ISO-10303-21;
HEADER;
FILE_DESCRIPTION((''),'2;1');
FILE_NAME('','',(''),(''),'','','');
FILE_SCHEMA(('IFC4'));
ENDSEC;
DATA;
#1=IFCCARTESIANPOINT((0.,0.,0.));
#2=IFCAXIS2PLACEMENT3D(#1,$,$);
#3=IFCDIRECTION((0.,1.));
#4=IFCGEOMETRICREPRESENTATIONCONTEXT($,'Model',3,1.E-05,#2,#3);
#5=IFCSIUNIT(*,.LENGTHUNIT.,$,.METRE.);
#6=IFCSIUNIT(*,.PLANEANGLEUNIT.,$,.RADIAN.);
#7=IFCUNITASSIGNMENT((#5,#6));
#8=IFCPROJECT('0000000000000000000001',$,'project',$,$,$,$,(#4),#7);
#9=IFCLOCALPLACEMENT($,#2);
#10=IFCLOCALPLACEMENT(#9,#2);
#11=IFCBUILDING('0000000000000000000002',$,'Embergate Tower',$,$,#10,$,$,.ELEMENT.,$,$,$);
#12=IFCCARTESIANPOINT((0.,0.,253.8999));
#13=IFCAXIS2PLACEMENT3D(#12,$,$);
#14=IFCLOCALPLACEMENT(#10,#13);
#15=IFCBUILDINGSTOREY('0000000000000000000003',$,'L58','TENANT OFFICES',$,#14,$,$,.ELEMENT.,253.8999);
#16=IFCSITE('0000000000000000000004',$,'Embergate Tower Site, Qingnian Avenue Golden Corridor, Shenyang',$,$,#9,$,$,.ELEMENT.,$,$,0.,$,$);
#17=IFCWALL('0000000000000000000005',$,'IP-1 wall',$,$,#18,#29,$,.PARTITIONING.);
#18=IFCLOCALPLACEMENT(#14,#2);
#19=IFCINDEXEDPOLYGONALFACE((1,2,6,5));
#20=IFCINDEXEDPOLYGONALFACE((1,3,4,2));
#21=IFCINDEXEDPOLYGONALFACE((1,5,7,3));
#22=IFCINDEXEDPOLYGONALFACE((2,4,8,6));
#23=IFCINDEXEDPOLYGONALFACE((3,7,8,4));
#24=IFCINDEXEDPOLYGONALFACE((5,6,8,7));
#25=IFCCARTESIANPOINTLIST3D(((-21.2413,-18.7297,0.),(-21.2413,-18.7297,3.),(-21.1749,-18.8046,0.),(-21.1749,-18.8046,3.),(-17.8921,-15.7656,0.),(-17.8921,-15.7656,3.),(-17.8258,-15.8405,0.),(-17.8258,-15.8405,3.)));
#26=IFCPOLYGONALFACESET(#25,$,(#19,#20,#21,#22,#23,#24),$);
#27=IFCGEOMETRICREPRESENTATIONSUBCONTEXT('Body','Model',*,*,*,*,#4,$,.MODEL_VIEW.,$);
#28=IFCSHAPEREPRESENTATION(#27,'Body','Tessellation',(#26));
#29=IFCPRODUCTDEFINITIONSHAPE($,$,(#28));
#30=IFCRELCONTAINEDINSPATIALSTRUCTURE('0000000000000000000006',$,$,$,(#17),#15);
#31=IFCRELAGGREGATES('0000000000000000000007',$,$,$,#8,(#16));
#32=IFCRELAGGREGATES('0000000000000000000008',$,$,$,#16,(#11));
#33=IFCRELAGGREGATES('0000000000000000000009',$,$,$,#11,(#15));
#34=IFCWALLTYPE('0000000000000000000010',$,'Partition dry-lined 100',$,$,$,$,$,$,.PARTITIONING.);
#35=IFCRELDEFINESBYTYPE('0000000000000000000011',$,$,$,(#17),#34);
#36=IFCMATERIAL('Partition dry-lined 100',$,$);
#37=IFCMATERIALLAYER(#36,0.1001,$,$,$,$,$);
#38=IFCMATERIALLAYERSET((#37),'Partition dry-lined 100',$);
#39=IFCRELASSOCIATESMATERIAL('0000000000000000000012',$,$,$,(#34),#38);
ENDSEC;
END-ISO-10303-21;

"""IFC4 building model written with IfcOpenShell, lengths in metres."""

from ifc_helpers import new_model, si_unit, direction, frame, frame_2d, origin, place, context, subcontext, project, spatial, rectangle, extrude, source, transform, mapped, material, layer, layer_set, type_object, element, save


model = new_model("IFC4")

# Units and contexts
model_context = context("Model", 3, precision=1e-05, world=origin(), true_north=direction((0.0, 1.0)))
body_context = subcontext(model_context, "Body", "Model", "MODEL_VIEW")
ifc_project = project(units=[si_unit("LENGTHUNIT", "METRE"), si_unit("PLANEANGLEUNIT", "RADIAN")], contexts=[model_context])

# Site, building, storey
site_placement = place(None, origin())
site = spatial("IfcSite", under=ifc_project, at=site_placement, Name="Embergate Tower Site, Qingnian Avenue Golden Corridor, Shenyang", CompositionType="ELEMENT", RefElevation=0.0)
building_placement = place(site_placement, origin())
building = spatial("IfcBuilding", under=site, at=building_placement, Name="Embergate Tower", CompositionType="ELEMENT")
storey_placement = place(building_placement, frame((0.0, 0.0, 253.8999)))
storey = spatial("IfcBuildingStorey", under=building, at=storey_placement, Name="L58", Description="TENANT OFFICES", CompositionType="ELEMENT", Elevation=253.8999)

# Wall
ifc_material_1 = material(Name="Partition dry-lined 100")
ifc_layer_1 = layer(ifc_material_1, 0.1001)
ifc_layer_set_1 = layer_set([ifc_layer_1], Name="Partition dry-lined 100")
wall_type = type_object("IfcWallType", Name="Partition dry-lined 100", PredefinedType="PARTITIONING", material=ifc_layer_set_1)
shared_shape_1 = source(origin(), body_context, "Body", "SweptSolid", [
    extrude(rectangle(XDim=4.4724, YDim=0.1001, at=frame_2d((2.2363, 0.0))), origin(), (0.0, 0.0, 1.0), 3.0),
])
wall_placement = place(storey_placement, frame((-17.8589, -15.803, 0.0), z_axis=(0.0, 0.0, 1.0), x_axis=(-0.748838, -0.662753, 0.0)))
element("IfcWall", 1, at=wall_placement, inside=storey, type_object=wall_type, Name="IP-1 wall", PredefinedType="PARTITIONING", context=body_context, shape_type="MappedRepresentation", body=[
    mapped(shared_shape_1, transform((0.0, 0.0, 0.0))),
])

save(model, "model.ifc")
